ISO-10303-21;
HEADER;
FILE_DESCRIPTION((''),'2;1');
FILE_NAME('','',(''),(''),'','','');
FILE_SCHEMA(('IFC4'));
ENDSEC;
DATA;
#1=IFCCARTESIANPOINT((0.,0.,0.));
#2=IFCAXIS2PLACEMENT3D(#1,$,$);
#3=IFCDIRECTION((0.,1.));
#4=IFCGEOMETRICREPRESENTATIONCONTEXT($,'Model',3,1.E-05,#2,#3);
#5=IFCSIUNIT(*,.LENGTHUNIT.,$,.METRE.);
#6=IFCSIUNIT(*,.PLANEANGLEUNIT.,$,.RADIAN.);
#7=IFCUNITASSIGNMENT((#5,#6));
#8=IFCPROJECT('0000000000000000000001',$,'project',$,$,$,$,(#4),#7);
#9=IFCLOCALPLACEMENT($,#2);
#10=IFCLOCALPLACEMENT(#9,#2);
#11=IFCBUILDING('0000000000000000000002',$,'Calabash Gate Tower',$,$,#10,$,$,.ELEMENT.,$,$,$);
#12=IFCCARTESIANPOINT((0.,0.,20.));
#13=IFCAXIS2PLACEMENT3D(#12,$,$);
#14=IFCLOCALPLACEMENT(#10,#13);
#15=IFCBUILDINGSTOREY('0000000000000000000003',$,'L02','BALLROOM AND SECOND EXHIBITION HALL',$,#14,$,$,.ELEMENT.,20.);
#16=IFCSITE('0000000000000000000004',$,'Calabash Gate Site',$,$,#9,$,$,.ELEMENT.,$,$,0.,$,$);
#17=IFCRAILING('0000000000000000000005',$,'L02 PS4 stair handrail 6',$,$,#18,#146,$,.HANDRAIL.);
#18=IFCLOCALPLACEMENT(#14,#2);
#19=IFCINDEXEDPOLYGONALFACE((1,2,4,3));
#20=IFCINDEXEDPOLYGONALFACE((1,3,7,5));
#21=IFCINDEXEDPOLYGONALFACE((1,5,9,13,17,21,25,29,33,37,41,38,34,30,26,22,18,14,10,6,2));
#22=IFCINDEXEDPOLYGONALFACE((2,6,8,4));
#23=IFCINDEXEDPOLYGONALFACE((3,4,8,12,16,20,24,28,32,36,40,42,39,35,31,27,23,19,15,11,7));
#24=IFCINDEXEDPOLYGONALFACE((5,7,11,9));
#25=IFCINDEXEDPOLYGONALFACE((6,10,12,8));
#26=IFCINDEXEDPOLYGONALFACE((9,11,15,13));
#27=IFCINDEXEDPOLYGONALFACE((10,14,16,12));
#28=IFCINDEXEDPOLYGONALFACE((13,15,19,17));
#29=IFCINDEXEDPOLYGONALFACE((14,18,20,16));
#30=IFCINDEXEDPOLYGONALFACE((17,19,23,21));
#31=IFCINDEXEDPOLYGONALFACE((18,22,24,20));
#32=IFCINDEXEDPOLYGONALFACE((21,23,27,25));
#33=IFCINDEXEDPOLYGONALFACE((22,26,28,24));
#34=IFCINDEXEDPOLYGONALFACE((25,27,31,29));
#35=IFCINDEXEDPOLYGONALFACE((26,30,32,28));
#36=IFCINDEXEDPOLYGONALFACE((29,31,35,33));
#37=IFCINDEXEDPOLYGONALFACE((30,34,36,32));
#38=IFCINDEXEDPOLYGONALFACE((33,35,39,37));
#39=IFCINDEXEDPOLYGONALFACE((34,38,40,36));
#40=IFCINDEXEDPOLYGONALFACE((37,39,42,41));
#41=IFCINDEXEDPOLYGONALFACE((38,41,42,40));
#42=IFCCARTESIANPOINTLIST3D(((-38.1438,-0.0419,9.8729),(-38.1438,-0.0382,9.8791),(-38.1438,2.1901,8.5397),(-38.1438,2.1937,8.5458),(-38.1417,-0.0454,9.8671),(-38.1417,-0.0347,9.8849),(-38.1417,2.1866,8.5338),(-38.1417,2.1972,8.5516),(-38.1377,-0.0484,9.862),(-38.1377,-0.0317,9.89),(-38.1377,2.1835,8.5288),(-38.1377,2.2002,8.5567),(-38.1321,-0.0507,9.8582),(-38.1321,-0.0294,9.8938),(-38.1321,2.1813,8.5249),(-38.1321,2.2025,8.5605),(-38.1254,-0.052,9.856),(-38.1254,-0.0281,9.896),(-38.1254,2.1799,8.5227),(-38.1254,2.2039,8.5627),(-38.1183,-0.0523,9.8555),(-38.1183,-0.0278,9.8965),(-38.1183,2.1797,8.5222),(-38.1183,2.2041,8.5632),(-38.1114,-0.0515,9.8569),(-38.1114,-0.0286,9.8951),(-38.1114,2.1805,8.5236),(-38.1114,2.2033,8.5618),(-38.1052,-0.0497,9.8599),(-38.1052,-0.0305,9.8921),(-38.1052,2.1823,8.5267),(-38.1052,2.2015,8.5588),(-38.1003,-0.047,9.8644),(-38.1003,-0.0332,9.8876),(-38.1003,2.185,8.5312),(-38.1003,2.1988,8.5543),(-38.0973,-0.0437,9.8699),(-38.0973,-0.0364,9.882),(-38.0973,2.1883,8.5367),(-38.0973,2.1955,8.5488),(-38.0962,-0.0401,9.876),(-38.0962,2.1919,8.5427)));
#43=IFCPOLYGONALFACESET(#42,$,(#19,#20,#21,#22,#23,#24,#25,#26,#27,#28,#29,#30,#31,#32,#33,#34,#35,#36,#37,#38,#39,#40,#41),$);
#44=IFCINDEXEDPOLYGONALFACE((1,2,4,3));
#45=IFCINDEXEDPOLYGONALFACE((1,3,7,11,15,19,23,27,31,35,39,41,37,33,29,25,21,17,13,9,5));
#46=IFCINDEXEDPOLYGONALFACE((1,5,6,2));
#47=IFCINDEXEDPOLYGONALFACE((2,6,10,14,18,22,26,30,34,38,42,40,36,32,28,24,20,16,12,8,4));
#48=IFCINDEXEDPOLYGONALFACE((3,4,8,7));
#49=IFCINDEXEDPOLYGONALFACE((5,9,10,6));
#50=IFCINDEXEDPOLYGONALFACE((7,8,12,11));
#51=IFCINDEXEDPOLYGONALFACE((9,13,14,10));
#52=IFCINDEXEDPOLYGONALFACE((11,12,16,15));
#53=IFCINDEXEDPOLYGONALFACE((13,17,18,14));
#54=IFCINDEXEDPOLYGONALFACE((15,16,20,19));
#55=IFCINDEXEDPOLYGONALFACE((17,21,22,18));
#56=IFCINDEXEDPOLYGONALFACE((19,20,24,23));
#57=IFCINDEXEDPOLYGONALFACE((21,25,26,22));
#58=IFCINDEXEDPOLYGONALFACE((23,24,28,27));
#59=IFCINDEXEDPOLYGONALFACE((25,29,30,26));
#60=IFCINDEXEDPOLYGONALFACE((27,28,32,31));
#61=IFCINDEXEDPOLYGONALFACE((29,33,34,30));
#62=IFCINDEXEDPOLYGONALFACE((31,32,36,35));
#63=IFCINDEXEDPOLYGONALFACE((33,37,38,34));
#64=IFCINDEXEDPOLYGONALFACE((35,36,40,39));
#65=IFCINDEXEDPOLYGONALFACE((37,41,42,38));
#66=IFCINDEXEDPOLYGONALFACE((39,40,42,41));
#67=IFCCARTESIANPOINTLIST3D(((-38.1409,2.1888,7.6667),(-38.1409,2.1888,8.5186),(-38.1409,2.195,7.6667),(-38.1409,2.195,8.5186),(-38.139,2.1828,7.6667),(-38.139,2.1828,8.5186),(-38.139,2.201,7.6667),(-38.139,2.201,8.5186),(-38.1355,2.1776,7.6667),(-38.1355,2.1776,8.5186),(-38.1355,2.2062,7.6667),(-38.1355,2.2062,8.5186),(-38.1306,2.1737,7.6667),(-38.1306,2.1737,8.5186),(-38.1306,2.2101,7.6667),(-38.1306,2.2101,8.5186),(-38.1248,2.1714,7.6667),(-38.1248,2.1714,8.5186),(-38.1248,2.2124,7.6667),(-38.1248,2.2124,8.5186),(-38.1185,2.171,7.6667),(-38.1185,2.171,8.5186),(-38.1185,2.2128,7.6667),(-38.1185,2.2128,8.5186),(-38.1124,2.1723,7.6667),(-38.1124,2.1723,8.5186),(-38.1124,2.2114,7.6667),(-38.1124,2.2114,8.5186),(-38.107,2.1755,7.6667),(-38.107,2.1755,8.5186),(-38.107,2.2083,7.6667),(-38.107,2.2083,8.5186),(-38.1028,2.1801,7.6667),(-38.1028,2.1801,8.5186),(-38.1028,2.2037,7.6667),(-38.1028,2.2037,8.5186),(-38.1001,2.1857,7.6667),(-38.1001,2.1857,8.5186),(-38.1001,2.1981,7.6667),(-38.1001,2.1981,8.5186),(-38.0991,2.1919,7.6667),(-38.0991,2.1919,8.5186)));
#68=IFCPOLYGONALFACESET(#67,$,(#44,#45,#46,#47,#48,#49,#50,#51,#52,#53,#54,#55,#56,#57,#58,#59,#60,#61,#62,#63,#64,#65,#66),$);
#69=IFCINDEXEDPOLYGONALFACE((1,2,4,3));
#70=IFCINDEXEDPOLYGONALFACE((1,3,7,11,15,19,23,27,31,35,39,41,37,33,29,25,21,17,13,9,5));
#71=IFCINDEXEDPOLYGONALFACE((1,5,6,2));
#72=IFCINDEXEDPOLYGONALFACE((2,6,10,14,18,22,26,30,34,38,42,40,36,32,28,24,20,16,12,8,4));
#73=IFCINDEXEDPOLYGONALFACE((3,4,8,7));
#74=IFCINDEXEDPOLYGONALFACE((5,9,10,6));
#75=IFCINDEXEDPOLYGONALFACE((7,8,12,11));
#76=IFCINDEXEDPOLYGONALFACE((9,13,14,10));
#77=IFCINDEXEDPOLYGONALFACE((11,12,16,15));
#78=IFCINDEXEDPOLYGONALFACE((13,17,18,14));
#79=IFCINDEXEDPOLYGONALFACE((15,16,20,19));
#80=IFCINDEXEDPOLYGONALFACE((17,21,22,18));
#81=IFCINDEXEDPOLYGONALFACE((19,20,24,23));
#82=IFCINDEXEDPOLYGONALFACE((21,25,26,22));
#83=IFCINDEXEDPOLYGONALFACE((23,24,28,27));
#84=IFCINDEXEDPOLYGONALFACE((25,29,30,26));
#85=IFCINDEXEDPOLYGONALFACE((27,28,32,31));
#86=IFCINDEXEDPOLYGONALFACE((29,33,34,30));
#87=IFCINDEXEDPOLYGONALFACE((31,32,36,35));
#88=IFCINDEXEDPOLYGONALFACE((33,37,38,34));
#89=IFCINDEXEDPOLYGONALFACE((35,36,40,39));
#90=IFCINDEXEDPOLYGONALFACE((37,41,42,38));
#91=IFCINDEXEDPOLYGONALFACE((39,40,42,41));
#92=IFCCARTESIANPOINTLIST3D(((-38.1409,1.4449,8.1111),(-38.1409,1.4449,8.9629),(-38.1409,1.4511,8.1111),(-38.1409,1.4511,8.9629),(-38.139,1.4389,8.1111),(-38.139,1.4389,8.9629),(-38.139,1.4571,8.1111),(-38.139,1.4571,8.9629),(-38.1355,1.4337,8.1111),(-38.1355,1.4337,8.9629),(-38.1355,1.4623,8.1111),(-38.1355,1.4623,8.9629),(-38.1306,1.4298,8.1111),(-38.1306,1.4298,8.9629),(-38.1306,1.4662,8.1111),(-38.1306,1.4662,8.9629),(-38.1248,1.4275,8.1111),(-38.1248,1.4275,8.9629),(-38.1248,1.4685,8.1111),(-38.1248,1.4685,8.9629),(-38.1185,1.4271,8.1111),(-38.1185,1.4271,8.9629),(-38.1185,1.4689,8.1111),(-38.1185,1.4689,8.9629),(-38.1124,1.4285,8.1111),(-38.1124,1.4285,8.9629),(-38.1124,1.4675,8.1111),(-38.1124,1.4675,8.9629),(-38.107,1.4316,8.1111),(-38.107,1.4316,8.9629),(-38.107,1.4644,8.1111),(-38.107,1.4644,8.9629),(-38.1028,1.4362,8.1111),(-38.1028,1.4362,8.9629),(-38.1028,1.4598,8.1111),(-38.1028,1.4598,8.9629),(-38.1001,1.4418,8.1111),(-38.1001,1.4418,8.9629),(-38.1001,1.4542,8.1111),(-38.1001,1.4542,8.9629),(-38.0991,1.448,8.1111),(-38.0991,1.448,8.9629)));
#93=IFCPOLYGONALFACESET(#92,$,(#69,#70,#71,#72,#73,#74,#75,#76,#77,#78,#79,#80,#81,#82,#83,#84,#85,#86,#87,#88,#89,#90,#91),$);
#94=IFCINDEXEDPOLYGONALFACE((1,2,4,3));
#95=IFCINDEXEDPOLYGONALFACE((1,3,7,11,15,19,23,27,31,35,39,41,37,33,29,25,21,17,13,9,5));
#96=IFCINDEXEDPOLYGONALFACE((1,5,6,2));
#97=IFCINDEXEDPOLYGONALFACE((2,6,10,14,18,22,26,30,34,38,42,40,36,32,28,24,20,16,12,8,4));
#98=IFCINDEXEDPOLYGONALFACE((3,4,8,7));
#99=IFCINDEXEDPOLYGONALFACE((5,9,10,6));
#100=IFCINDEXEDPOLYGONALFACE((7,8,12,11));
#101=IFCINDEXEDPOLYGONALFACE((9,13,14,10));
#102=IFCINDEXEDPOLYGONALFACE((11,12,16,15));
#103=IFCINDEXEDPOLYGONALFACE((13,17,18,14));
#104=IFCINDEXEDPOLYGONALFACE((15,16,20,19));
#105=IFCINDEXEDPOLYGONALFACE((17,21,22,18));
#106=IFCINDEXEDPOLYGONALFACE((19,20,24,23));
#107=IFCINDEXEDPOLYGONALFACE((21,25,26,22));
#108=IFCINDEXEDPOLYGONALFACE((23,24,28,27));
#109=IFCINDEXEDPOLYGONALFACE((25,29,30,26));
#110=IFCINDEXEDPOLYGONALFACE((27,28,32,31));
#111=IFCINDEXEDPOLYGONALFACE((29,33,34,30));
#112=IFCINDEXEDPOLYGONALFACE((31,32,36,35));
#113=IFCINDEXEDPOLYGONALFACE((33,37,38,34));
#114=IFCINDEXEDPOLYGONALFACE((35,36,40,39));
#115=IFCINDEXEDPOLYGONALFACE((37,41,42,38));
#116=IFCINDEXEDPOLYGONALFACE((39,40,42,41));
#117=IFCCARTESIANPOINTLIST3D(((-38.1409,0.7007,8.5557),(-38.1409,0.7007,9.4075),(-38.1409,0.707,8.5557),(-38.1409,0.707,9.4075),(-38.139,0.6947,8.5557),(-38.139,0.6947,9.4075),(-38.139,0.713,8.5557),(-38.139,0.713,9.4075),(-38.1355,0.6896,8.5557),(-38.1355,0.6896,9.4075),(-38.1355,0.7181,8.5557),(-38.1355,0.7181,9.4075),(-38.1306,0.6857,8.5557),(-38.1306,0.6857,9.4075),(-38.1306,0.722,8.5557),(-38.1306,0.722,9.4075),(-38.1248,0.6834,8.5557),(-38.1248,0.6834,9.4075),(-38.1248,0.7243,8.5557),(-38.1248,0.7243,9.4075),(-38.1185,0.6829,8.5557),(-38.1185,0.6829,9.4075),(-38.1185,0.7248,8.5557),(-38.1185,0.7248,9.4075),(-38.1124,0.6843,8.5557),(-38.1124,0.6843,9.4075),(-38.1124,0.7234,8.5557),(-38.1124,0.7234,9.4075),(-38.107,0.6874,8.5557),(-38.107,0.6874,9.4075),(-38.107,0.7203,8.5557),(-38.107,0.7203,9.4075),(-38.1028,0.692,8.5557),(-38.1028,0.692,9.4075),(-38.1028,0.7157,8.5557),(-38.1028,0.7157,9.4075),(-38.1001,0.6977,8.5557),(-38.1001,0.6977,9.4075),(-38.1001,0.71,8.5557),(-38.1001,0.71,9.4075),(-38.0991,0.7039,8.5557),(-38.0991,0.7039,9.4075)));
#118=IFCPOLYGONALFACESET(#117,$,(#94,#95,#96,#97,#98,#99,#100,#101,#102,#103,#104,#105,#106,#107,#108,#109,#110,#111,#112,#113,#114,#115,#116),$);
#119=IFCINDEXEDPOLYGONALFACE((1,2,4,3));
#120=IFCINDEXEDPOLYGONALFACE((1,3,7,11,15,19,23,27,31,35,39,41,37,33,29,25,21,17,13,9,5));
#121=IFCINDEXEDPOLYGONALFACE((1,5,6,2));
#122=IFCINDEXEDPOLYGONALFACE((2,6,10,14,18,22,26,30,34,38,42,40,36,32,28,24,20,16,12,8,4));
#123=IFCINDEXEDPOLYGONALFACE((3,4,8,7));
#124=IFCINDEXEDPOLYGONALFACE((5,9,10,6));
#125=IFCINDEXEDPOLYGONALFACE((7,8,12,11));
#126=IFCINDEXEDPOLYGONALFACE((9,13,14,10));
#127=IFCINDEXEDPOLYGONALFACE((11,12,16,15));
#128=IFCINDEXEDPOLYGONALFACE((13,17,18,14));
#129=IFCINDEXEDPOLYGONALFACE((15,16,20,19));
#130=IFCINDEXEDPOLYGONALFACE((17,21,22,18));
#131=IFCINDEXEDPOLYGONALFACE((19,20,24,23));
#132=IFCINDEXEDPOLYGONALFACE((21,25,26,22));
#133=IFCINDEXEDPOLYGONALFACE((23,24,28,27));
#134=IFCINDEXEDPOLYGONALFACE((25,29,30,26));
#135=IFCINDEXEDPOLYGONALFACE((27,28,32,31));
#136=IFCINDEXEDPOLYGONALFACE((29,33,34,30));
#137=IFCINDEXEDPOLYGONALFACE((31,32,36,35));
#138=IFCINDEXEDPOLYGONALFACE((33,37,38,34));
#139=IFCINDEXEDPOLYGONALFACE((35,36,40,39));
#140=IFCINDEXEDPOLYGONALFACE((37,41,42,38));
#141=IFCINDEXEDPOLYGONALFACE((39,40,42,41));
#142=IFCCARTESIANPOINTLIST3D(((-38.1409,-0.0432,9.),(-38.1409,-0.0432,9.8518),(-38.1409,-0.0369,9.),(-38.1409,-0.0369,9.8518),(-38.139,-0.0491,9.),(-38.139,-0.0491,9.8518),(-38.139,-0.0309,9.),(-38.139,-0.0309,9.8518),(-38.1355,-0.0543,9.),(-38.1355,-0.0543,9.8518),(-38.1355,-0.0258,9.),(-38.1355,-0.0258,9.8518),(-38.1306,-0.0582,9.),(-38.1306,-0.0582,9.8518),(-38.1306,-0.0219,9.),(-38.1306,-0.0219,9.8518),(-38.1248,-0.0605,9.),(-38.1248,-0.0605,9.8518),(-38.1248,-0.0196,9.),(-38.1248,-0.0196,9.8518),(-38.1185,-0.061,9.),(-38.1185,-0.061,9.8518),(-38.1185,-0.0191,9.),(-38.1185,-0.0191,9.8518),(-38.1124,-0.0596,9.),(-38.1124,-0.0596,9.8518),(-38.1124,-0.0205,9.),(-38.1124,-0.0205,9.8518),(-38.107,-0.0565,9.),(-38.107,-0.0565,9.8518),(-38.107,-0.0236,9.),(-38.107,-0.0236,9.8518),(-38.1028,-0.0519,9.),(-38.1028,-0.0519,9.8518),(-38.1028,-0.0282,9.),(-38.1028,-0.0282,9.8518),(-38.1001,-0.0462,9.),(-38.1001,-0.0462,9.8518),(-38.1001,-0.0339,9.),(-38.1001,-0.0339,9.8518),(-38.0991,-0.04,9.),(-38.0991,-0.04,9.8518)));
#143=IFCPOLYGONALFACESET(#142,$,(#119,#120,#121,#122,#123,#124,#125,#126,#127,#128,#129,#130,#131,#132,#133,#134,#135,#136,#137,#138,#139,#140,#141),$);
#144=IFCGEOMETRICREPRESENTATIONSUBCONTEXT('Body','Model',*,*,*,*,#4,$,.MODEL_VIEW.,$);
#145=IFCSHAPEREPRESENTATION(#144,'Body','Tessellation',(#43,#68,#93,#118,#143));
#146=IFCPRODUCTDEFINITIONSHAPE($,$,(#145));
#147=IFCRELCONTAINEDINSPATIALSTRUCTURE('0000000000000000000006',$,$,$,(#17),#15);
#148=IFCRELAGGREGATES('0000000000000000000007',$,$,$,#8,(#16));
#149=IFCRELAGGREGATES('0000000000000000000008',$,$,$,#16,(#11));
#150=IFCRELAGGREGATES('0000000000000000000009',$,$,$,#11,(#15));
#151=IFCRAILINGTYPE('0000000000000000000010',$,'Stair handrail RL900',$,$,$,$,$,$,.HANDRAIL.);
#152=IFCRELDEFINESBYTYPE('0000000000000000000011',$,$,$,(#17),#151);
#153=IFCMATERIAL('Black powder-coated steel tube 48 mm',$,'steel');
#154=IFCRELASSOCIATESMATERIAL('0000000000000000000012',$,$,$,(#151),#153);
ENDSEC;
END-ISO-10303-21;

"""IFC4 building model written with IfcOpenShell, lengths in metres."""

from ifc_helpers import new_model, si_unit, direction, frame, origin, origin_2d, place, context, subcontext, project, spatial, circle, extrude, material, type_object, element, save


model = new_model("IFC4")

# Units and contexts
model_context = context("Model", 3, precision=1e-05, world=origin(), true_north=direction((0.0, 1.0)))
body_context = subcontext(model_context, "Body", "Model", "MODEL_VIEW")
ifc_project = project(units=[si_unit("LENGTHUNIT", "METRE"), si_unit("PLANEANGLEUNIT", "RADIAN")], contexts=[model_context])

# Site, building, storey
site_placement = place(None, origin())
site = spatial("IfcSite", under=ifc_project, at=site_placement, Name="Calabash Gate Site", CompositionType="ELEMENT", RefElevation=0.0)
building_placement = place(site_placement, origin())
building = spatial("IfcBuilding", under=site, at=building_placement, Name="Calabash Gate Tower", CompositionType="ELEMENT")
storey_placement = place(building_placement, frame((0.0, 0.0, 20.0)))
storey = spatial("IfcBuildingStorey", under=building, at=storey_placement, Name="L02", Description="BALLROOM AND SECOND EXHIBITION HALL", CompositionType="ELEMENT", Elevation=20.0)

# Railing
ifc_material_1 = material(Name="Black powder-coated steel tube 48 mm", Category="steel")
railing_type_1 = type_object("IfcRailingType", Name="Stair handrail RL900", PredefinedType="HANDRAIL", material=ifc_material_1)
for number, where, name in (
    (1, (-38.1201, 2.1919, 7.6667), "L02 PS4 stair handrail 6"),
):
    element("IfcRailing", number, at=place(storey_placement, frame(where)), inside=storey, type_object=railing_type_1, Name=name, PredefinedType="HANDRAIL", context=body_context, shape_type="SweptSolid", body=[
        extrude(circle(Radius=0.0239, at=origin_2d()), frame((0.0, 0.0, 0.876), z_axis=(0.0, -0.858494, 0.512824), x_axis=(1.0, 0.0, 0.0)), (0.0, 0.0, 1.0), 2.5999),
        extrude(circle(Radius=0.021, at=origin_2d()), origin(), (0.0, 0.0, 1.0), 0.8518),
        extrude(circle(Radius=0.021, at=origin_2d()), frame((0.0, -0.7439, 0.4443)), (0.0, 0.0, 1.0), 0.8518),
        extrude(circle(Radius=0.021, at=origin_2d()), frame((0.0, -1.488, 0.8889)), (0.0, 0.0, 1.0), 0.8518),
        extrude(circle(Radius=0.021, at=origin_2d()), frame((0.0, -2.2319, 1.3333)), (0.0, 0.0, 1.0), 0.8518),
    ])

save(model, "model.ifc")
